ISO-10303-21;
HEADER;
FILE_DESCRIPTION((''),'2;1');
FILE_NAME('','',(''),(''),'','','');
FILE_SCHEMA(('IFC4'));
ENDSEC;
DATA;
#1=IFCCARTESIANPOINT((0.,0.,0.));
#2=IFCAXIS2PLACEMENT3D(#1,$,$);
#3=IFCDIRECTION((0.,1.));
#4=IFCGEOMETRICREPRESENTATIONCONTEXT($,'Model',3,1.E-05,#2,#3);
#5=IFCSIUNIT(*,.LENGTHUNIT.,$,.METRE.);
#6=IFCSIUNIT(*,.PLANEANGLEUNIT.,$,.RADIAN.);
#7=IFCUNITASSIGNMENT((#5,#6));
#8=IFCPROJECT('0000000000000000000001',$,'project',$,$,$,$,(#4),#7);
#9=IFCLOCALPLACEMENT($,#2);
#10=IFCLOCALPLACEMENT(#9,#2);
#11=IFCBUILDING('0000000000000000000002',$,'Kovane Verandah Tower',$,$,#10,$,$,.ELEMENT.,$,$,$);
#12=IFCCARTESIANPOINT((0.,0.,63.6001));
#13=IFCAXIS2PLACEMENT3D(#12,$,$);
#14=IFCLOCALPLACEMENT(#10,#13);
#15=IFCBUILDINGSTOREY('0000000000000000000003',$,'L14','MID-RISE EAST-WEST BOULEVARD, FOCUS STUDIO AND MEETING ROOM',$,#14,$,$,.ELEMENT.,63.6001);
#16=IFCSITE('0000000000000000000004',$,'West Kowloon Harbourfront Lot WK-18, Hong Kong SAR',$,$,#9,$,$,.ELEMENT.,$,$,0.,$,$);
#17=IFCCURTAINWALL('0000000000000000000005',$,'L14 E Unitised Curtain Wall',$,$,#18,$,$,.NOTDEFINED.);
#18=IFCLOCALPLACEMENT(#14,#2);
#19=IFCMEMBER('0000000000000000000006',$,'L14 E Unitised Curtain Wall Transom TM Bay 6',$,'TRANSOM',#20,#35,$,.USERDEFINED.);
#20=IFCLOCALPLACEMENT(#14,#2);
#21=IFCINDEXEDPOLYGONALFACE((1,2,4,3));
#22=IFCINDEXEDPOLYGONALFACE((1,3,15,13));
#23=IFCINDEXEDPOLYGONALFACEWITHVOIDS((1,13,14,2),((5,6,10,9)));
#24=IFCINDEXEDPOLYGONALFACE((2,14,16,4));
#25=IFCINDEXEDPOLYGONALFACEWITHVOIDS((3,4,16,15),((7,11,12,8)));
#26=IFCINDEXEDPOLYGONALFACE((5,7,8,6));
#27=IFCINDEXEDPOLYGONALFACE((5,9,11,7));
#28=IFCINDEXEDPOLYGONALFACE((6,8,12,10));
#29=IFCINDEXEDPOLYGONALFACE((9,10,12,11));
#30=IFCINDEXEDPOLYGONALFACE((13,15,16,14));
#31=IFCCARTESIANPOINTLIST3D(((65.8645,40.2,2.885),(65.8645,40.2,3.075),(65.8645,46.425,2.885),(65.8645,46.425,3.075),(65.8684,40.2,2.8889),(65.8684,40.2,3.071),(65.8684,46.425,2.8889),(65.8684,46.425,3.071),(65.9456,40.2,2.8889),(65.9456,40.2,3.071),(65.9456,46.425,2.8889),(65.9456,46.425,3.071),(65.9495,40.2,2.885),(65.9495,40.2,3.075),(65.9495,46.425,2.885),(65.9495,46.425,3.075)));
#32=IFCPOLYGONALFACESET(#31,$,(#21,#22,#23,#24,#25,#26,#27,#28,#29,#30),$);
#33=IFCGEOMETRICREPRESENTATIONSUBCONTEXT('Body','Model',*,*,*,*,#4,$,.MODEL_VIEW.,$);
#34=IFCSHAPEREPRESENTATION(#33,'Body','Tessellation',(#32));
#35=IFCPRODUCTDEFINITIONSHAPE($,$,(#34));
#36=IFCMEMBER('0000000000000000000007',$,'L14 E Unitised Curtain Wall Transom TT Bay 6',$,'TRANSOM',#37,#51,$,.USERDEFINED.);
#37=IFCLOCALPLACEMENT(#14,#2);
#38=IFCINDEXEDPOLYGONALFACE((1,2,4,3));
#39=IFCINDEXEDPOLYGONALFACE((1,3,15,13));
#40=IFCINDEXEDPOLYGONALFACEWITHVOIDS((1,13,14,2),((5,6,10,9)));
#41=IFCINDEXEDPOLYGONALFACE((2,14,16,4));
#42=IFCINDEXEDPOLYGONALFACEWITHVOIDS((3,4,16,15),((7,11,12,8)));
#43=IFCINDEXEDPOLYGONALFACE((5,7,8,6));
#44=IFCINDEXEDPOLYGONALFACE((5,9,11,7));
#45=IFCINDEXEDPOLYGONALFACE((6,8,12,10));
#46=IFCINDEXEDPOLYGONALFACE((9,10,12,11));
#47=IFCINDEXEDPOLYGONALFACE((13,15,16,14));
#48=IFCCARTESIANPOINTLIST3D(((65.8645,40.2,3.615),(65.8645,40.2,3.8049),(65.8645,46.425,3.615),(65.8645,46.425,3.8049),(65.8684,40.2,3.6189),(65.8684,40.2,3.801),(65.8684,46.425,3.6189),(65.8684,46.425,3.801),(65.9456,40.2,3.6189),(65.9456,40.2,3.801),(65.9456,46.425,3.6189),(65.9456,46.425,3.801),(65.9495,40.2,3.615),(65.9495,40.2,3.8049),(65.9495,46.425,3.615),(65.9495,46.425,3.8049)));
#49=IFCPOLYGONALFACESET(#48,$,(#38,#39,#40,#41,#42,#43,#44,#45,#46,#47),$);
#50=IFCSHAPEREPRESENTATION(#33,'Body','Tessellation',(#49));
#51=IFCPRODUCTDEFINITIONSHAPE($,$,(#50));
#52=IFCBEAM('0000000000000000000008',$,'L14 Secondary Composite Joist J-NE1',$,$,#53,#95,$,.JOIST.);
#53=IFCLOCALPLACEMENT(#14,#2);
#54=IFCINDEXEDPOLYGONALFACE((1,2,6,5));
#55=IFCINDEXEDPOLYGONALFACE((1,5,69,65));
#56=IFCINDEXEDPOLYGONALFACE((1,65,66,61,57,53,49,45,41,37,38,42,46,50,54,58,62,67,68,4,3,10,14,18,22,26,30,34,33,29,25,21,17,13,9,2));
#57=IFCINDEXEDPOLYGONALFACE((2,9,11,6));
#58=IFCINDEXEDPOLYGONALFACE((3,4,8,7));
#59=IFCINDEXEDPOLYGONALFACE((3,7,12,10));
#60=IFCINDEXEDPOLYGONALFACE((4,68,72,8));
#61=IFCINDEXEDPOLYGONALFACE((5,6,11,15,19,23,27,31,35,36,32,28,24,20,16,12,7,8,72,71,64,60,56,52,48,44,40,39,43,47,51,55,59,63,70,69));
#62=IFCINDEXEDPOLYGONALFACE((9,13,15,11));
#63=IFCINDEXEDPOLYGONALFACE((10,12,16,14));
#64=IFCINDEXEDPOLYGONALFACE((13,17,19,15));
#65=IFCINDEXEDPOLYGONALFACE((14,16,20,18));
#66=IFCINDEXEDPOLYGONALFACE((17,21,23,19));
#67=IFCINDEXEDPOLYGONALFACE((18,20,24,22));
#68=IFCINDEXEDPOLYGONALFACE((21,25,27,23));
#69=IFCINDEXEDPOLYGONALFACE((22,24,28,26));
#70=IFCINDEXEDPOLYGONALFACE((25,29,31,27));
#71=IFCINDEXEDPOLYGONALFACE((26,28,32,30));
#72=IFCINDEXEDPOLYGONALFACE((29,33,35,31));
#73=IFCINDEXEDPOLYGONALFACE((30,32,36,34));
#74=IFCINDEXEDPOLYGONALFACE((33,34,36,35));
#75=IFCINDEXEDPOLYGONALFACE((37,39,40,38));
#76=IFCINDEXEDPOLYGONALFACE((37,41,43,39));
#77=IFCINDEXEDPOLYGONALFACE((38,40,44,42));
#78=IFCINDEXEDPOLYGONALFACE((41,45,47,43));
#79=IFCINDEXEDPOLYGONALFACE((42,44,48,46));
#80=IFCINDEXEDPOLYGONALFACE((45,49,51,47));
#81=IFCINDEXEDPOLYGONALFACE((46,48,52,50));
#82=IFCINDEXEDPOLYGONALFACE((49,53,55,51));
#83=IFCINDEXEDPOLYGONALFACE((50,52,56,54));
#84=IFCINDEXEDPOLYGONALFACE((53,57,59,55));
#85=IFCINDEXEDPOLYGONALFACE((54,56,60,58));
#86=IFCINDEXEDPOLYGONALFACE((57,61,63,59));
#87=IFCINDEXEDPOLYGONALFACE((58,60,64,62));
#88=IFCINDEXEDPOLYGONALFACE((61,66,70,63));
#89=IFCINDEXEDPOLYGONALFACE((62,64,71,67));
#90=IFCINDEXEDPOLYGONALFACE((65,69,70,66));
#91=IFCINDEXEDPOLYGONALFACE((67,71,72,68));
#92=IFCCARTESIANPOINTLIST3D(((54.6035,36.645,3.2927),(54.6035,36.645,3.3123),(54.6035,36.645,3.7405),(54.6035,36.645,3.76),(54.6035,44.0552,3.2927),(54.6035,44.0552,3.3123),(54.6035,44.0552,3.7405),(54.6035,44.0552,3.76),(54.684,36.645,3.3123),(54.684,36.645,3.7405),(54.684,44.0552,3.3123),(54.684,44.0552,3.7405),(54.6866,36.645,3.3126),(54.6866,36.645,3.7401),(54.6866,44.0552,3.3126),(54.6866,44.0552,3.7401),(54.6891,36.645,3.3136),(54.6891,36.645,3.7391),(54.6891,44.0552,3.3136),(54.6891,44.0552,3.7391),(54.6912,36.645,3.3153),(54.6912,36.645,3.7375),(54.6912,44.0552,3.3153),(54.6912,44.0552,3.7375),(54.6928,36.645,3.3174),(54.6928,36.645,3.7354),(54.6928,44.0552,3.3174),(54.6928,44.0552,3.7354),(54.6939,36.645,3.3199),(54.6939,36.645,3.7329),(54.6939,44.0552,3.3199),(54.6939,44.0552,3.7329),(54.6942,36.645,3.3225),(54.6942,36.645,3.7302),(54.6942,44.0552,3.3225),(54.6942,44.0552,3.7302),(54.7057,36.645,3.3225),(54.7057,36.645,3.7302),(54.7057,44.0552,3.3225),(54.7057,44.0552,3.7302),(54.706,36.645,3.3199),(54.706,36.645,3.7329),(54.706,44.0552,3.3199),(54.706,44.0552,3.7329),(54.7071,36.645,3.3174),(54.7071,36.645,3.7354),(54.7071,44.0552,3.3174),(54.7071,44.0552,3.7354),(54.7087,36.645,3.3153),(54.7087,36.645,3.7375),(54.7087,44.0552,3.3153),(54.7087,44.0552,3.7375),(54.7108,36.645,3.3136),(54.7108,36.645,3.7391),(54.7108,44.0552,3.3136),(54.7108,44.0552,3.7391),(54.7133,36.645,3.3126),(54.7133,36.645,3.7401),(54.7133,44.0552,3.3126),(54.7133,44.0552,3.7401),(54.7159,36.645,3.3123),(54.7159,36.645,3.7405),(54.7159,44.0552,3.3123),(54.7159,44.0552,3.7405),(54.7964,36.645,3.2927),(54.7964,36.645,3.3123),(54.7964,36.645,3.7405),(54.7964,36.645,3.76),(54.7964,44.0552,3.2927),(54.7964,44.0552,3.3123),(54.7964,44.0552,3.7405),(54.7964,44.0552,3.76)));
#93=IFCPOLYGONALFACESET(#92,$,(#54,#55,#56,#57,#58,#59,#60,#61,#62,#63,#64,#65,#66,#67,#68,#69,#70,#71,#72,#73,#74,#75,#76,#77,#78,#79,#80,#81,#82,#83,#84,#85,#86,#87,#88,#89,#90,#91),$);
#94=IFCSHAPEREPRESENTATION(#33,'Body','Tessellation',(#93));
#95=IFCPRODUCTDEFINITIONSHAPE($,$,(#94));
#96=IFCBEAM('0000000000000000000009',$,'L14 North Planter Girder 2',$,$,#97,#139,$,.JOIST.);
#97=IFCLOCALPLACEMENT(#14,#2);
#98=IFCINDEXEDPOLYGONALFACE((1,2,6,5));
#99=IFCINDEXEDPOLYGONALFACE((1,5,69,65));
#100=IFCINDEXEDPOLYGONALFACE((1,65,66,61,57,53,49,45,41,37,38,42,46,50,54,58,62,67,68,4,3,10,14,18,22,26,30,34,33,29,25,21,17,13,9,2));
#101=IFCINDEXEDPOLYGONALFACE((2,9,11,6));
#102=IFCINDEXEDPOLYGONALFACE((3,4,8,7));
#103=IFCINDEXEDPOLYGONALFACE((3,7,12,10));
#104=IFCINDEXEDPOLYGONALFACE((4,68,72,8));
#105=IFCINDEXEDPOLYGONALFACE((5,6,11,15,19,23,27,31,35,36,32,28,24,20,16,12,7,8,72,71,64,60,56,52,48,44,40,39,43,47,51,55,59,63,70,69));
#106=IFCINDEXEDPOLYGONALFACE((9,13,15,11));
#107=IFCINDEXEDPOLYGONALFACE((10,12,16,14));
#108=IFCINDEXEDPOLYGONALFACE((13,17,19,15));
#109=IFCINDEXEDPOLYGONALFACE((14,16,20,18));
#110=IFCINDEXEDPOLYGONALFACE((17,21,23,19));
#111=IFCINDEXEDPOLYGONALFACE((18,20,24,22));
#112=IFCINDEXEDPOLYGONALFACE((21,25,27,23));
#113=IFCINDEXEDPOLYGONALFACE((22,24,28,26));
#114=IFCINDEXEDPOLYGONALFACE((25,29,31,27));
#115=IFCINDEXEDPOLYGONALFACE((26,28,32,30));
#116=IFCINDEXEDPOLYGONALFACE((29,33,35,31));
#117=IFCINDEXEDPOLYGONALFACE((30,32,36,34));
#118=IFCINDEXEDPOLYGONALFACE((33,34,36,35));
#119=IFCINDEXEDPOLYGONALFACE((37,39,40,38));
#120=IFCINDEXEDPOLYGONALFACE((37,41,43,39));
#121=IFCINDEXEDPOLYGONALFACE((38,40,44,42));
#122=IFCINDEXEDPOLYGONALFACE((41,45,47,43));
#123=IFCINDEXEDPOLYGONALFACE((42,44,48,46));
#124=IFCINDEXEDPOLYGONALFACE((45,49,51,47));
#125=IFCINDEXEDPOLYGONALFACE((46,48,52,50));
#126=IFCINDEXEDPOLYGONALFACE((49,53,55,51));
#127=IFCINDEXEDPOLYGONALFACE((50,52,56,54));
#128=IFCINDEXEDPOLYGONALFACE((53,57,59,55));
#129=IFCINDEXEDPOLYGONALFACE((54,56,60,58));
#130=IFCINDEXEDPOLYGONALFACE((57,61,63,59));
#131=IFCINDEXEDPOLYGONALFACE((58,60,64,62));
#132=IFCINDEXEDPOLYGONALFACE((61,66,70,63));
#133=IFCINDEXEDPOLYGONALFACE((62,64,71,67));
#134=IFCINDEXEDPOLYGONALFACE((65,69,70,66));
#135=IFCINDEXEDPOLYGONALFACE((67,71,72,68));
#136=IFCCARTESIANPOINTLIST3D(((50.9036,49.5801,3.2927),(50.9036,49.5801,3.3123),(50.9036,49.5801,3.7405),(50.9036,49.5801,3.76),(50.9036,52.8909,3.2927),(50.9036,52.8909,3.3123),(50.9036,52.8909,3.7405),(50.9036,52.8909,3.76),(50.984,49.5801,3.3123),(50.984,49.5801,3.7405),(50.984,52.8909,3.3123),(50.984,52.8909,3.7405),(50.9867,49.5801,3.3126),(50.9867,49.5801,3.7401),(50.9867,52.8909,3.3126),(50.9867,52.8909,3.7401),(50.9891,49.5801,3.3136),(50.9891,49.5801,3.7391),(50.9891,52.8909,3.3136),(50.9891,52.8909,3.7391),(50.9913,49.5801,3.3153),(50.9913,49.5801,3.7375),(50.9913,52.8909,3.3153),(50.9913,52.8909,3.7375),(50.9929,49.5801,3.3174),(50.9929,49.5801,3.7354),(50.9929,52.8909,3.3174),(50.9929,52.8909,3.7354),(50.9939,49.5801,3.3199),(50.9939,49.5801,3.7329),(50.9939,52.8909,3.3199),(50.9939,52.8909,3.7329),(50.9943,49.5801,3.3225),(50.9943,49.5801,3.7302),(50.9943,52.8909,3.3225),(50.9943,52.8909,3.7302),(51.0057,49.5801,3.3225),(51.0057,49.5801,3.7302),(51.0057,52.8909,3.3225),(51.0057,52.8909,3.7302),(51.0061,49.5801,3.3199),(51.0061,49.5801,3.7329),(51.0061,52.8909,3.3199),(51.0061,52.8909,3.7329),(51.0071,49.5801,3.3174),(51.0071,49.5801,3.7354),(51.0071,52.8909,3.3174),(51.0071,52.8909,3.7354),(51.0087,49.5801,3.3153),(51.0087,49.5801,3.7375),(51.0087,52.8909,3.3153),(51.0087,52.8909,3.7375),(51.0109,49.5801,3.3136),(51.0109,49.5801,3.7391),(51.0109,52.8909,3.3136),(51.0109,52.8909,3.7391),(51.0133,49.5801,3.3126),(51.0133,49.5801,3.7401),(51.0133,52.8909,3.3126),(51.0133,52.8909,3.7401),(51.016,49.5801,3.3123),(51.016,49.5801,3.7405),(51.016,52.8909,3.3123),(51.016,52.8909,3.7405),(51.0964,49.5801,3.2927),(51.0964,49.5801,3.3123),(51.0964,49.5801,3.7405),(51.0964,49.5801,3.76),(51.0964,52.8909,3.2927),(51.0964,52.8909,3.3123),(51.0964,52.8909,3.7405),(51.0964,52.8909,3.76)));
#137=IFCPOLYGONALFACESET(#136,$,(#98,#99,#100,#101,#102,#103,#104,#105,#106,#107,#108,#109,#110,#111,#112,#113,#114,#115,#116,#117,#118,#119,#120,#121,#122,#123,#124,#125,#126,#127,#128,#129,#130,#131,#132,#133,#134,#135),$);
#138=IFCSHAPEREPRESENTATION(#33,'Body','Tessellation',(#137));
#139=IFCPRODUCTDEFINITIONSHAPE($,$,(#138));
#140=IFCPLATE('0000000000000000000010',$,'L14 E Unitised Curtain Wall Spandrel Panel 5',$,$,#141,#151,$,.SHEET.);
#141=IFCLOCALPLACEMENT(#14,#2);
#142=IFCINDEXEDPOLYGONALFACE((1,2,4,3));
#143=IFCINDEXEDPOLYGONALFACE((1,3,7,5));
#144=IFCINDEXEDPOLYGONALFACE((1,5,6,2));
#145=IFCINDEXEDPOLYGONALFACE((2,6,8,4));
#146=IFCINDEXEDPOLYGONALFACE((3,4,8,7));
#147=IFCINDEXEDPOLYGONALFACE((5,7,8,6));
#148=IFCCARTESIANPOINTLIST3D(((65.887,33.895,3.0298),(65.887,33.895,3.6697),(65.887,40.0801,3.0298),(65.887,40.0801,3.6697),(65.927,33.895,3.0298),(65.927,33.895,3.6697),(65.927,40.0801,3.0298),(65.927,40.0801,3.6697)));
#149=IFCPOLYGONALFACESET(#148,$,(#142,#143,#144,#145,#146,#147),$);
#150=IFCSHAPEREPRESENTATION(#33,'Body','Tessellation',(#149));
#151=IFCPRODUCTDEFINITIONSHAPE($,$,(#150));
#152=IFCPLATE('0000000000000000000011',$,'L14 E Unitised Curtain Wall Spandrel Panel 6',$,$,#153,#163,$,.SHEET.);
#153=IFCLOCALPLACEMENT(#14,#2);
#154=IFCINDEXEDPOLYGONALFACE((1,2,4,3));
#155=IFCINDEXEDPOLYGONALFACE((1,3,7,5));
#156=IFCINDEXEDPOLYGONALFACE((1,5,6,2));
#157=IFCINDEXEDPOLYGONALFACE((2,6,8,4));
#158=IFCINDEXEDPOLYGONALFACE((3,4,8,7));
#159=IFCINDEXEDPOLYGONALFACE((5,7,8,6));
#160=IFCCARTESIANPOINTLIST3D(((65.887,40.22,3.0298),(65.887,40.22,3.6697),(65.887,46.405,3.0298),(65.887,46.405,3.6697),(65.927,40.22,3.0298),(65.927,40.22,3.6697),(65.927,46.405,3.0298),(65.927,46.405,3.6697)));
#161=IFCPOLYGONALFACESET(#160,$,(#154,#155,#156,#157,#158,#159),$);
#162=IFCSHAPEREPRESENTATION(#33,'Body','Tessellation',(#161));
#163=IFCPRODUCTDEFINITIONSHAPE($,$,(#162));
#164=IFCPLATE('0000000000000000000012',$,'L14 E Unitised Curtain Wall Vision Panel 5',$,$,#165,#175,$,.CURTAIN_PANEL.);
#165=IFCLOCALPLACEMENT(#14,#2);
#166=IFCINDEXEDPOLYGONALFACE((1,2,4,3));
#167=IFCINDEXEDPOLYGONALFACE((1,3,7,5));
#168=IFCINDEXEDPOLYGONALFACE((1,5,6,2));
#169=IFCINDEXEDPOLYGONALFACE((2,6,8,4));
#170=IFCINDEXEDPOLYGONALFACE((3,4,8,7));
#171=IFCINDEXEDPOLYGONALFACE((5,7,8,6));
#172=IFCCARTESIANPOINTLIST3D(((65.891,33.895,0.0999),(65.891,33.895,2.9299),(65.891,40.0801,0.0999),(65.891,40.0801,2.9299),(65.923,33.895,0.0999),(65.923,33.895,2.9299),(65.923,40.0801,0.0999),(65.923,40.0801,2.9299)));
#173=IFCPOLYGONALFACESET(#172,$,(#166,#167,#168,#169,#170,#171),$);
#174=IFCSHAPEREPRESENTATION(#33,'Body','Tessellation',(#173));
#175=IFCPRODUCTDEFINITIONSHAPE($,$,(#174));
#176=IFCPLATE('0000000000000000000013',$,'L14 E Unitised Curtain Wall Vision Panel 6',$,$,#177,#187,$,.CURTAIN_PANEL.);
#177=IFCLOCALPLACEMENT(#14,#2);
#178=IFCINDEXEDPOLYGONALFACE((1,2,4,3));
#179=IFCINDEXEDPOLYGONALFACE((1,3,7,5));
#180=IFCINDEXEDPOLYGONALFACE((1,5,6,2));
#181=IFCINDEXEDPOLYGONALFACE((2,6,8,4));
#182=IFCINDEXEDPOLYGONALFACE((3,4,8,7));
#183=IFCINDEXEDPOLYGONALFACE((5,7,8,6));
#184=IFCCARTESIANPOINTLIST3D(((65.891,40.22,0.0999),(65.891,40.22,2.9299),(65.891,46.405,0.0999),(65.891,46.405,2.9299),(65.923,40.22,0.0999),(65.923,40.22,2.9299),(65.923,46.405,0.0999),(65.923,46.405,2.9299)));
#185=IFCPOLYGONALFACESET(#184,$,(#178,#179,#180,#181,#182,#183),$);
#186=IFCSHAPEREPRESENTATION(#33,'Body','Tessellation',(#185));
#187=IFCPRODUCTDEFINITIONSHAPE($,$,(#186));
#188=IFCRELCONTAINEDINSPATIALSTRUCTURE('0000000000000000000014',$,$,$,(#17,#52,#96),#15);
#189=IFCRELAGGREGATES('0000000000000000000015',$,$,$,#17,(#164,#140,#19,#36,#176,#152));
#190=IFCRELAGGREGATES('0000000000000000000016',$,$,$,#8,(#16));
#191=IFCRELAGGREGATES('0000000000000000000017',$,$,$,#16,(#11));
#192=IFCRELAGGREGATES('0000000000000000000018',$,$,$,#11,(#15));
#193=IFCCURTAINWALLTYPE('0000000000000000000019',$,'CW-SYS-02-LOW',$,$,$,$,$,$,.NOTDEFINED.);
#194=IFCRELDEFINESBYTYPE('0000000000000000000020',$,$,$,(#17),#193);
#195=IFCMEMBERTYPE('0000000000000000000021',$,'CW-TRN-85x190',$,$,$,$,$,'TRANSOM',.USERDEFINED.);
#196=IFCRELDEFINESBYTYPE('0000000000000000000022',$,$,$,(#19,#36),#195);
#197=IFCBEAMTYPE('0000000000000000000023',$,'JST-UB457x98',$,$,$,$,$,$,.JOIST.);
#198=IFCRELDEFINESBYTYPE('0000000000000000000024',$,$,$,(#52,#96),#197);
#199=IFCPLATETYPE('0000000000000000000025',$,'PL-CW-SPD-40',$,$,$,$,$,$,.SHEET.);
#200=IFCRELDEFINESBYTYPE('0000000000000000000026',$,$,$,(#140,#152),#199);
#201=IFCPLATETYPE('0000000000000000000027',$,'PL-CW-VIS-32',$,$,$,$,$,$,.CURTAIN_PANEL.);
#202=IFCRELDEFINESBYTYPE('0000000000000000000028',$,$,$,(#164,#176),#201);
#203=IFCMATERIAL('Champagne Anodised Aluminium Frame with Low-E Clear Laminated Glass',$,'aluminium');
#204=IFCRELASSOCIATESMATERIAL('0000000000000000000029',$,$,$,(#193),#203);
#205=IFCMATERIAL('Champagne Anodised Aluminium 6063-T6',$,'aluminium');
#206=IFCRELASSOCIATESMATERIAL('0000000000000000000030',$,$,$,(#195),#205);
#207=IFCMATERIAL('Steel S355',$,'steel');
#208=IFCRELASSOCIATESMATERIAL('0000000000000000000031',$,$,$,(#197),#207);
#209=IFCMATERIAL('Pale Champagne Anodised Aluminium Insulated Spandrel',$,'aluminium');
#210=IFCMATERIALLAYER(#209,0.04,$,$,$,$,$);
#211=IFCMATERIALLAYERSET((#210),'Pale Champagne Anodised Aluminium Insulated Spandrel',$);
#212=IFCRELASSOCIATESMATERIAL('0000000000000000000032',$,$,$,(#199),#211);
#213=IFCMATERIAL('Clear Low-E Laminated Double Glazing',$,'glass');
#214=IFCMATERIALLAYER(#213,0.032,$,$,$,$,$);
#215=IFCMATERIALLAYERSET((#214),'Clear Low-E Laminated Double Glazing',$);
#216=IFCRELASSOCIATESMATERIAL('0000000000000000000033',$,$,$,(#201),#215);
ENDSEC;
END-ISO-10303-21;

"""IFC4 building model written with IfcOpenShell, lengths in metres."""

from ifc_helpers import new_model, si_unit, direction, frame, origin, origin_2d, place, context, subcontext, project, spatial, rectangle, hollow_rectangle, i_section, extrude, material, layer, layer_set, material_profile, profile_set, type_object, element, aggregate, save


model = new_model("IFC4")

# Units and contexts
model_context = context("Model", 3, precision=1e-05, world=origin(), true_north=direction((0.0, 1.0)))
body_context = subcontext(model_context, "Body", "Model", "MODEL_VIEW")
ifc_project = project(units=[si_unit("LENGTHUNIT", "METRE"), si_unit("PLANEANGLEUNIT", "RADIAN")], contexts=[model_context])

# Site, building, storey
site_placement = place(None, origin())
site = spatial("IfcSite", under=ifc_project, at=site_placement, Name="West Kowloon Harbourfront Lot WK-18, Hong Kong SAR", CompositionType="ELEMENT", RefElevation=0.0)
building_placement = place(site_placement, origin())
building = spatial("IfcBuilding", under=site, at=building_placement, Name="Kovane Verandah Tower", CompositionType="ELEMENT")
storey_placement = place(building_placement, frame((0.0, 0.0, 63.6001)))
storey = spatial("IfcBuildingStorey", under=building, at=storey_placement, Name="L14", Description="MID-RISE EAST-WEST BOULEVARD, FOCUS STUDIO AND MEETING ROOM", CompositionType="ELEMENT", Elevation=63.6001)

# Shared definitions
ifc_material_1 = material(Name="Steel S355", Category="steel")

# Curtain wall, members
ifc_material_2 = material(Name="Champagne Anodised Aluminium Frame with Low-E Clear Laminated Glass", Category="aluminium")
curtain_wall_type = type_object("IfcCurtainWallType", Name="CW-SYS-02-LOW", PredefinedType="NOTDEFINED", material=ifc_material_2)
curtain_wall_placement = place(storey_placement, origin())
curtain_wall = element("IfcCurtainWall", 1, at=curtain_wall_placement, inside=storey, type_object=curtain_wall_type, Name="L14 E Unitised Curtain Wall", PredefinedType="NOTDEFINED")
ifc_material_3 = material(Name="Champagne Anodised Aluminium 6063-T6", Category="aluminium")
ifc_material_profile_1 = material_profile(ifc_material_3, hollow_rectangle(XDim=0.085, YDim=0.1899, WallThickness=0.0039, at=origin_2d()), Name="AL85x190x4")
ifc_profile_set_1 = profile_set([ifc_material_profile_1], Name="Champagne Anodised Aluminium 6063-T6")
member_type_1 = type_object("IfcMemberType", Name="CW-TRN-85x190", ElementType="TRANSOM", PredefinedType="USERDEFINED", material=ifc_profile_set_1)
member_1_placement = place(storey_placement, frame((65.907, 40.2, 2.98), z_axis=(0.0, 1.0, 0.0), x_axis=(-1.0, 0.0, 0.0)))
member_1 = element("IfcMember", 2, at=member_1_placement, type_object=member_type_1, Name="L14 E Unitised Curtain Wall Transom TM Bay 6", ObjectType="TRANSOM", PredefinedType="USERDEFINED", context=body_context, shape_type="SweptSolid", body=[
    extrude(hollow_rectangle(XDim=0.085, YDim=0.1899, WallThickness=0.0039, at=origin_2d()), origin(), (0.0, 0.0, 1.0), 6.2251),
])
member_2_placement = place(storey_placement, frame((65.907, 40.2, 3.71), z_axis=(0.0, 1.0, 0.0), x_axis=(-1.0, 0.0, 0.0)))
member_2 = element("IfcMember", 3, at=member_2_placement, type_object=member_type_1, Name="L14 E Unitised Curtain Wall Transom TT Bay 6", ObjectType="TRANSOM", PredefinedType="USERDEFINED", context=body_context, shape_type="SweptSolid", body=[
    extrude(hollow_rectangle(XDim=0.085, YDim=0.1899, WallThickness=0.0039, at=origin_2d()), origin(), (0.0, 0.0, 1.0), 6.2251),
])

# Beams
ifc_material_profile_2 = material_profile(ifc_material_1, i_section(OverallWidth=0.1929, OverallDepth=0.4673, WebThickness=0.0115, FlangeThickness=0.0195, FilletRadius=0.0103, at=origin_2d()), Name="UB457x191x98")
ifc_profile_set_2 = profile_set([ifc_material_profile_2], Name="Steel S355")
beam_type_1 = type_object("IfcBeamType", Name="JST-UB457x98", PredefinedType="JOIST", material=ifc_profile_set_2)
beam_1_placement = place(storey_placement, frame((54.7, 36.645, 3.5264), z_axis=(0.0, 1.0, 0.0), x_axis=(-1.0, 0.0, 0.0)))
element("IfcBeam", 4, at=beam_1_placement, inside=storey, type_object=beam_type_1, Name="L14 Secondary Composite Joist J-NE1", PredefinedType="JOIST", context=body_context, shape_type="SweptSolid", body=[
    extrude(i_section(OverallWidth=0.1929, OverallDepth=0.4673, WebThickness=0.0115, FlangeThickness=0.0195, FilletRadius=0.0103, at=origin_2d()), origin(), (0.0, 0.0, 1.0), 7.4102),
])
beam_2_placement = place(storey_placement, frame((51.0, 49.5801, 3.5264), z_axis=(0.0, 1.0, 0.0), x_axis=(-1.0, 0.0, 0.0)))
element("IfcBeam", 5, at=beam_2_placement, inside=storey, type_object=beam_type_1, Name="L14 North Planter Girder 2", PredefinedType="JOIST", context=body_context, shape_type="SweptSolid", body=[
    extrude(i_section(OverallWidth=0.1929, OverallDepth=0.4673, WebThickness=0.0115, FlangeThickness=0.0195, FilletRadius=0.0103, at=origin_2d()), origin(), (0.0, 0.0, 1.0), 3.3108),
])

# Plates
ifc_material_4 = material(Name="Pale Champagne Anodised Aluminium Insulated Spandrel", Category="aluminium")
ifc_layer_1 = layer(ifc_material_4, 0.04)
ifc_layer_set_1 = layer_set([ifc_layer_1], Name="Pale Champagne Anodised Aluminium Insulated Spandrel")
plate_type_1 = type_object("IfcPlateType", Name="PL-CW-SPD-40", PredefinedType="SHEET", material=ifc_layer_set_1)
plate_1_placement = place(storey_placement, frame((65.907, 36.9875, 3.0298), z_axis=(0.0, 0.0, 1.0), x_axis=(0.0, 1.0, 0.0)))
plate_1 = element("IfcPlate", 6, at=plate_1_placement, type_object=plate_type_1, Name="L14 E Unitised Curtain Wall Spandrel Panel 5", PredefinedType="SHEET", context=body_context, shape_type="SweptSolid", body=[
    extrude(rectangle(XDim=6.1851, YDim=0.04, at=origin_2d()), origin(), (0.0, 0.0, 1.0), 0.6399),
])
plate_2_placement = place(storey_placement, frame((65.907, 43.3125, 3.0298), z_axis=(0.0, 0.0, 1.0), x_axis=(0.0, 1.0, 0.0)))
plate_2 = element("IfcPlate", 7, at=plate_2_placement, type_object=plate_type_1, Name="L14 E Unitised Curtain Wall Spandrel Panel 6", PredefinedType="SHEET", context=body_context, shape_type="SweptSolid", body=[
    extrude(rectangle(XDim=6.1851, YDim=0.04, at=origin_2d()), origin(), (0.0, 0.0, 1.0), 0.6399),
])
ifc_material_5 = material(Name="Clear Low-E Laminated Double Glazing", Category="glass")
ifc_layer_2 = layer(ifc_material_5, 0.032)
ifc_layer_set_2 = layer_set([ifc_layer_2], Name="Clear Low-E Laminated Double Glazing")
plate_type_2 = type_object("IfcPlateType", Name="PL-CW-VIS-32", PredefinedType="CURTAIN_PANEL", material=ifc_layer_set_2)
plate_3_placement = place(storey_placement, frame((65.907, 36.9875, 0.0999), z_axis=(0.0, 0.0, 1.0), x_axis=(0.0, 1.0, 0.0)))
plate_3 = element("IfcPlate", 8, at=plate_3_placement, type_object=plate_type_2, Name="L14 E Unitised Curtain Wall Vision Panel 5", PredefinedType="CURTAIN_PANEL", context=body_context, shape_type="SweptSolid", body=[
    extrude(rectangle(XDim=6.1851, YDim=0.032, at=origin_2d()), origin(), (0.0, 0.0, 1.0), 2.8301),
])
plate_4_placement = place(storey_placement, frame((65.907, 43.3125, 0.0999), z_axis=(0.0, 0.0, 1.0), x_axis=(0.0, 1.0, 0.0)))
plate_4 = element("IfcPlate", 9, at=plate_4_placement, type_object=plate_type_2, Name="L14 E Unitised Curtain Wall Vision Panel 6", PredefinedType="CURTAIN_PANEL", context=body_context, shape_type="SweptSolid", body=[
    extrude(rectangle(XDim=6.1851, YDim=0.032, at=origin_2d()), origin(), (0.0, 0.0, 1.0), 2.8301),
])
aggregate(curtain_wall, [plate_3, plate_1, member_1, member_2, plate_4, plate_2])

save(model, "model.ifc")
